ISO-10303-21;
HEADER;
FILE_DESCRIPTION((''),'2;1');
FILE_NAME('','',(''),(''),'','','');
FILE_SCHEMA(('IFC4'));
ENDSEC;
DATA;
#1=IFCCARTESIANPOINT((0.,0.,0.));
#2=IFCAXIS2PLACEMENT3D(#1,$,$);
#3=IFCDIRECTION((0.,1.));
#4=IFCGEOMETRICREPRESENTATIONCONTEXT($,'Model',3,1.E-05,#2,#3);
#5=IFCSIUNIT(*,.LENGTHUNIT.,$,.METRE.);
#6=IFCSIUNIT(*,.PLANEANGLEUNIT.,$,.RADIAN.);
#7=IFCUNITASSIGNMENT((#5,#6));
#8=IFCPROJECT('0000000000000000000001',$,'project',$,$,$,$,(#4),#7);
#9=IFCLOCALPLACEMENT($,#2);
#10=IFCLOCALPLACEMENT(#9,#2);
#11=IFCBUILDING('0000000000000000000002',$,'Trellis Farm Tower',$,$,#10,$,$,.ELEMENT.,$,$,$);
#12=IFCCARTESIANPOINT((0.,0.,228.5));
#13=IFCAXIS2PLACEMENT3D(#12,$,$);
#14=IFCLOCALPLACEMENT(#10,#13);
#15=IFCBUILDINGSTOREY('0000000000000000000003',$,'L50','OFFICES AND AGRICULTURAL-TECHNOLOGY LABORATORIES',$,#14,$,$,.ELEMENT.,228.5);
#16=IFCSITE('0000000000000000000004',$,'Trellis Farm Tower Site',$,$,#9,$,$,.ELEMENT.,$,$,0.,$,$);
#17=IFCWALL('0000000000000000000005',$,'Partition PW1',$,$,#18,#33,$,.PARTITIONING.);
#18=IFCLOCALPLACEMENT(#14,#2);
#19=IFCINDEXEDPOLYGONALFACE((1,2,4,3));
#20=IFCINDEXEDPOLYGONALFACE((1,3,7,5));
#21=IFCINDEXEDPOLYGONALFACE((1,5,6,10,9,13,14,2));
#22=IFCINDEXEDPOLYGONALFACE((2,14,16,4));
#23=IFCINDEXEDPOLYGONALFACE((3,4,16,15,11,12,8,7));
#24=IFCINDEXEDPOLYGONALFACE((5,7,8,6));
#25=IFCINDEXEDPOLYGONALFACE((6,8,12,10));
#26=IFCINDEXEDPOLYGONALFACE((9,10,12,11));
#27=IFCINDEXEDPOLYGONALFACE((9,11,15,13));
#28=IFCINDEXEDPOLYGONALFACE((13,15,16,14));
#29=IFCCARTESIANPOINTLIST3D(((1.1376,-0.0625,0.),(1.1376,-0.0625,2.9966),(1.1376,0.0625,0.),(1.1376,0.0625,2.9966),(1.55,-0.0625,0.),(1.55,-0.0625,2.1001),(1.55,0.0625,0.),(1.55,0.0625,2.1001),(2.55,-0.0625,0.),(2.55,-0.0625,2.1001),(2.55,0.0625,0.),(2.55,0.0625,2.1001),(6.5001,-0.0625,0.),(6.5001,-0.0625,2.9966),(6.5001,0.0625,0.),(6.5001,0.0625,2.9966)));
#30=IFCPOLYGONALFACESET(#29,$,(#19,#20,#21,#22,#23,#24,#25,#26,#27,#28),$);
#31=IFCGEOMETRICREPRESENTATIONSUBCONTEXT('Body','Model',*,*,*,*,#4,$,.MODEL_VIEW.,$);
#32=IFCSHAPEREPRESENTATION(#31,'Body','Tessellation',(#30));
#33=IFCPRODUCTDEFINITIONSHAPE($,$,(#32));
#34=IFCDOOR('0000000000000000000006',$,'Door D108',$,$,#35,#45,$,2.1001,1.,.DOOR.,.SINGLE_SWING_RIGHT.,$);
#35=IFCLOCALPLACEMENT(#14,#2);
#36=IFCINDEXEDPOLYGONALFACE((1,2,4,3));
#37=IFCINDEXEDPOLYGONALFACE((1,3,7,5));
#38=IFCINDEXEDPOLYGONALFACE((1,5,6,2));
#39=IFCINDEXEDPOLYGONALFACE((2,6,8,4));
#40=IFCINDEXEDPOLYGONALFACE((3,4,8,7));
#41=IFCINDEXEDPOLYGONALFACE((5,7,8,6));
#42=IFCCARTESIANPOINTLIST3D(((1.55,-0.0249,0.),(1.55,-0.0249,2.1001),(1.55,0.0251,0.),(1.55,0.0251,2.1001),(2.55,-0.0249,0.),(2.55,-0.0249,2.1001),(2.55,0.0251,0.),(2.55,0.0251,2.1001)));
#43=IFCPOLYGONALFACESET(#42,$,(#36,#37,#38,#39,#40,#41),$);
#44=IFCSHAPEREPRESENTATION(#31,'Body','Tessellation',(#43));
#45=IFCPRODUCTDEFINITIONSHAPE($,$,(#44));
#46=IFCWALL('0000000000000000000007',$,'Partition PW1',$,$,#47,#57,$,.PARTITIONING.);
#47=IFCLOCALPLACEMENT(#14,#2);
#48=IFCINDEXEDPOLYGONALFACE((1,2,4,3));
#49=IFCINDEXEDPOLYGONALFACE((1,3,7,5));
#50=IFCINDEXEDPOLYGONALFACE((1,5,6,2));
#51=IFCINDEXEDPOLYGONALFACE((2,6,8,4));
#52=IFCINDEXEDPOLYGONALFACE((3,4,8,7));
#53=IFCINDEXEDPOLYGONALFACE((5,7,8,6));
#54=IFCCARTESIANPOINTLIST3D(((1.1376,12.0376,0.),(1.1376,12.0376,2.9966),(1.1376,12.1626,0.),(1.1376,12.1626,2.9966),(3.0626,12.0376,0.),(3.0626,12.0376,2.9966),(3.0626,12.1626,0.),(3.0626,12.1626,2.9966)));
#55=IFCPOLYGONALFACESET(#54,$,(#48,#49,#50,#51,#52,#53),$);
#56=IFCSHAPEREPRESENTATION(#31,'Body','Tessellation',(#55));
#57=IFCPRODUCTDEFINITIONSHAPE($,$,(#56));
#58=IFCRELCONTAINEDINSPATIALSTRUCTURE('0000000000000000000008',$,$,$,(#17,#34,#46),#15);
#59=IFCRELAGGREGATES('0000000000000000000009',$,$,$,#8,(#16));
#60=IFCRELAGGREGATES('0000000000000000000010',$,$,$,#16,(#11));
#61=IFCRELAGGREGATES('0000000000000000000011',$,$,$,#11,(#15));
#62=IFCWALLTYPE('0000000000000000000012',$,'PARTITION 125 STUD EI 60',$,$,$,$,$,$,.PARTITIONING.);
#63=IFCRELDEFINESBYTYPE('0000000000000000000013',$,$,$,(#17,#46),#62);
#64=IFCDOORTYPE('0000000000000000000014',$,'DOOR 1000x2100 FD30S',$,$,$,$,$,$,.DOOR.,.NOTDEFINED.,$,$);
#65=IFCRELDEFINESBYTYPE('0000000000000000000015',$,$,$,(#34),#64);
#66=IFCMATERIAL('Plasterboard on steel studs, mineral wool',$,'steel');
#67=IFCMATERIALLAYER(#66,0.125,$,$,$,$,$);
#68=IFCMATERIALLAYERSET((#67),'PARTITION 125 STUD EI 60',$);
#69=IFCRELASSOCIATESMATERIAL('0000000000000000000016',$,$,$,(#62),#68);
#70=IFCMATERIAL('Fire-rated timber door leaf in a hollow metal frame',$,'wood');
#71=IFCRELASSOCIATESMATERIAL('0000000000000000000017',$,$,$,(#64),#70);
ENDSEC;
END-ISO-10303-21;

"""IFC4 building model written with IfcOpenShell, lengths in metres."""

from ifc_helpers import new_model, si_unit, direction, frame, frame_2d, origin, place, context, subcontext, project, spatial, rectangle, extrude, source, transform, mapped, material, layer, layer_set, type_object, element, fill, save


model = new_model("IFC4")

# Units and contexts
model_context = context("Model", 3, precision=1e-05, world=origin(), true_north=direction((0.0, 1.0)))
body_context = subcontext(model_context, "Body", "Model", "MODEL_VIEW")
ifc_project = project(units=[si_unit("LENGTHUNIT", "METRE"), si_unit("PLANEANGLEUNIT", "RADIAN")], contexts=[model_context])

# Site, building, storey
site_placement = place(None, origin())
site = spatial("IfcSite", under=ifc_project, at=site_placement, Name="Trellis Farm Tower Site", CompositionType="ELEMENT", RefElevation=0.0)
building_placement = place(site_placement, origin())
building = spatial("IfcBuilding", under=site, at=building_placement, Name="Trellis Farm Tower", CompositionType="ELEMENT")
storey_placement = place(building_placement, frame((0.0, 0.0, 228.5)))
storey = spatial("IfcBuildingStorey", under=building, at=storey_placement, Name="L50", Description="OFFICES AND AGRICULTURAL-TECHNOLOGY LABORATORIES", CompositionType="ELEMENT", Elevation=228.5)

# Shared definitions
ifc_material_1 = material(Name="Plasterboard on steel studs, mineral wool", Category="steel")
ifc_layer_1 = layer(ifc_material_1, 0.125)
ifc_layer_set_1 = layer_set([ifc_layer_1], Name="PARTITION 125 STUD EI 60")
wall_type_1 = type_object("IfcWallType", Name="PARTITION 125 STUD EI 60", PredefinedType="PARTITIONING", material=ifc_layer_set_1)

# Wall, opening, door
shared_shape_1 = source(origin(), body_context, "Body", "SweptSolid", [
    extrude(rectangle(XDim=5.3625, YDim=0.125, at=frame_2d((2.6812, 0.0))), origin(), (0.0, 0.0, 1.0), 2.9966),
])
wall_1_placement = place(storey_placement, frame((6.5, 0.0, 0.0), z_axis=(0.0, 0.0, 1.0), x_axis=(-1.0, 0.0, 0.0)))
wall_1 = element("IfcWall", 1, at=wall_1_placement, inside=storey, type_object=wall_type_1, Name="Partition PW1", PredefinedType="PARTITIONING", context=body_context, shape_type="MappedRepresentation", body=[
    mapped(shared_shape_1, transform((0.0, 0.0, 0.0))),
])
shared_shape_2 = source(origin(), body_context, "Body", "SweptSolid", [
    extrude(rectangle(XDim=1.0, YDim=2.1001, at=frame_2d((0.5, 1.05))), frame((0.0, 0.0725, 0.0), z_axis=(0.0, -1.0, 0.0), x_axis=(1.0, 0.0, 0.0)), (0.0, 0.0, 1.0), 0.145),
])
opening_1_placement = place(wall_1_placement, frame((3.95, 0.0, 0.0)))
opening_1 = element("IfcOpeningElement", 2, at=opening_1_placement, cuts=wall_1, PredefinedType="OPENING", context=body_context, shape_type="MappedRepresentation", body=[
    mapped(shared_shape_2, transform((0.0, 0.0, 0.0))),
])
ifc_material_2 = material(Name="Fire-rated timber door leaf in a hollow metal frame", Category="wood")
door_type_1 = type_object("IfcDoorType", Name="DOOR 1000x2100 FD30S", OperationType="NOTDEFINED", PredefinedType="DOOR", material=ifc_material_2)
shared_shape_3 = source(origin(), body_context, "Body", "SweptSolid", [
    extrude(rectangle(XDim=1.0, YDim=2.1001, at=frame_2d((0.5, 1.05))), frame((0.0, 0.0249, 0.0), z_axis=(0.0, -1.0, 0.0), x_axis=(1.0, 0.0, 0.0)), (0.0, 0.0, 1.0), 0.05),
])
door_1_placement = place(opening_1_placement, origin())
door_1 = element("IfcDoor", 3, at=door_1_placement, inside=storey, type_object=door_type_1, Name="Door D108", OperationType="SINGLE_SWING_RIGHT", OverallHeight=2.1001, OverallWidth=1.0, PredefinedType="DOOR", context=body_context, shape_type="MappedRepresentation", body=[
    mapped(shared_shape_3, transform((0.0, 0.0, 0.0))),
])
fill(opening_1, door_1)

# Wall
shared_shape_4 = source(origin(), body_context, "Body", "SweptSolid", [
    extrude(rectangle(XDim=1.925, YDim=0.125, at=frame_2d((0.9624, 0.0))), origin(), (0.0, 0.0, 1.0), 2.9966),
])
wall_2_placement = place(storey_placement, frame((3.0625, 12.1001, 0.0), z_axis=(0.0, 0.0, 1.0), x_axis=(-1.0, 0.0, 0.0)))
element("IfcWall", 4, at=wall_2_placement, inside=storey, type_object=wall_type_1, Name="Partition PW1", PredefinedType="PARTITIONING", context=body_context, shape_type="MappedRepresentation", body=[
    mapped(shared_shape_4, transform((0.0, 0.0, 0.0))),
])

save(model, "model.ifc")
